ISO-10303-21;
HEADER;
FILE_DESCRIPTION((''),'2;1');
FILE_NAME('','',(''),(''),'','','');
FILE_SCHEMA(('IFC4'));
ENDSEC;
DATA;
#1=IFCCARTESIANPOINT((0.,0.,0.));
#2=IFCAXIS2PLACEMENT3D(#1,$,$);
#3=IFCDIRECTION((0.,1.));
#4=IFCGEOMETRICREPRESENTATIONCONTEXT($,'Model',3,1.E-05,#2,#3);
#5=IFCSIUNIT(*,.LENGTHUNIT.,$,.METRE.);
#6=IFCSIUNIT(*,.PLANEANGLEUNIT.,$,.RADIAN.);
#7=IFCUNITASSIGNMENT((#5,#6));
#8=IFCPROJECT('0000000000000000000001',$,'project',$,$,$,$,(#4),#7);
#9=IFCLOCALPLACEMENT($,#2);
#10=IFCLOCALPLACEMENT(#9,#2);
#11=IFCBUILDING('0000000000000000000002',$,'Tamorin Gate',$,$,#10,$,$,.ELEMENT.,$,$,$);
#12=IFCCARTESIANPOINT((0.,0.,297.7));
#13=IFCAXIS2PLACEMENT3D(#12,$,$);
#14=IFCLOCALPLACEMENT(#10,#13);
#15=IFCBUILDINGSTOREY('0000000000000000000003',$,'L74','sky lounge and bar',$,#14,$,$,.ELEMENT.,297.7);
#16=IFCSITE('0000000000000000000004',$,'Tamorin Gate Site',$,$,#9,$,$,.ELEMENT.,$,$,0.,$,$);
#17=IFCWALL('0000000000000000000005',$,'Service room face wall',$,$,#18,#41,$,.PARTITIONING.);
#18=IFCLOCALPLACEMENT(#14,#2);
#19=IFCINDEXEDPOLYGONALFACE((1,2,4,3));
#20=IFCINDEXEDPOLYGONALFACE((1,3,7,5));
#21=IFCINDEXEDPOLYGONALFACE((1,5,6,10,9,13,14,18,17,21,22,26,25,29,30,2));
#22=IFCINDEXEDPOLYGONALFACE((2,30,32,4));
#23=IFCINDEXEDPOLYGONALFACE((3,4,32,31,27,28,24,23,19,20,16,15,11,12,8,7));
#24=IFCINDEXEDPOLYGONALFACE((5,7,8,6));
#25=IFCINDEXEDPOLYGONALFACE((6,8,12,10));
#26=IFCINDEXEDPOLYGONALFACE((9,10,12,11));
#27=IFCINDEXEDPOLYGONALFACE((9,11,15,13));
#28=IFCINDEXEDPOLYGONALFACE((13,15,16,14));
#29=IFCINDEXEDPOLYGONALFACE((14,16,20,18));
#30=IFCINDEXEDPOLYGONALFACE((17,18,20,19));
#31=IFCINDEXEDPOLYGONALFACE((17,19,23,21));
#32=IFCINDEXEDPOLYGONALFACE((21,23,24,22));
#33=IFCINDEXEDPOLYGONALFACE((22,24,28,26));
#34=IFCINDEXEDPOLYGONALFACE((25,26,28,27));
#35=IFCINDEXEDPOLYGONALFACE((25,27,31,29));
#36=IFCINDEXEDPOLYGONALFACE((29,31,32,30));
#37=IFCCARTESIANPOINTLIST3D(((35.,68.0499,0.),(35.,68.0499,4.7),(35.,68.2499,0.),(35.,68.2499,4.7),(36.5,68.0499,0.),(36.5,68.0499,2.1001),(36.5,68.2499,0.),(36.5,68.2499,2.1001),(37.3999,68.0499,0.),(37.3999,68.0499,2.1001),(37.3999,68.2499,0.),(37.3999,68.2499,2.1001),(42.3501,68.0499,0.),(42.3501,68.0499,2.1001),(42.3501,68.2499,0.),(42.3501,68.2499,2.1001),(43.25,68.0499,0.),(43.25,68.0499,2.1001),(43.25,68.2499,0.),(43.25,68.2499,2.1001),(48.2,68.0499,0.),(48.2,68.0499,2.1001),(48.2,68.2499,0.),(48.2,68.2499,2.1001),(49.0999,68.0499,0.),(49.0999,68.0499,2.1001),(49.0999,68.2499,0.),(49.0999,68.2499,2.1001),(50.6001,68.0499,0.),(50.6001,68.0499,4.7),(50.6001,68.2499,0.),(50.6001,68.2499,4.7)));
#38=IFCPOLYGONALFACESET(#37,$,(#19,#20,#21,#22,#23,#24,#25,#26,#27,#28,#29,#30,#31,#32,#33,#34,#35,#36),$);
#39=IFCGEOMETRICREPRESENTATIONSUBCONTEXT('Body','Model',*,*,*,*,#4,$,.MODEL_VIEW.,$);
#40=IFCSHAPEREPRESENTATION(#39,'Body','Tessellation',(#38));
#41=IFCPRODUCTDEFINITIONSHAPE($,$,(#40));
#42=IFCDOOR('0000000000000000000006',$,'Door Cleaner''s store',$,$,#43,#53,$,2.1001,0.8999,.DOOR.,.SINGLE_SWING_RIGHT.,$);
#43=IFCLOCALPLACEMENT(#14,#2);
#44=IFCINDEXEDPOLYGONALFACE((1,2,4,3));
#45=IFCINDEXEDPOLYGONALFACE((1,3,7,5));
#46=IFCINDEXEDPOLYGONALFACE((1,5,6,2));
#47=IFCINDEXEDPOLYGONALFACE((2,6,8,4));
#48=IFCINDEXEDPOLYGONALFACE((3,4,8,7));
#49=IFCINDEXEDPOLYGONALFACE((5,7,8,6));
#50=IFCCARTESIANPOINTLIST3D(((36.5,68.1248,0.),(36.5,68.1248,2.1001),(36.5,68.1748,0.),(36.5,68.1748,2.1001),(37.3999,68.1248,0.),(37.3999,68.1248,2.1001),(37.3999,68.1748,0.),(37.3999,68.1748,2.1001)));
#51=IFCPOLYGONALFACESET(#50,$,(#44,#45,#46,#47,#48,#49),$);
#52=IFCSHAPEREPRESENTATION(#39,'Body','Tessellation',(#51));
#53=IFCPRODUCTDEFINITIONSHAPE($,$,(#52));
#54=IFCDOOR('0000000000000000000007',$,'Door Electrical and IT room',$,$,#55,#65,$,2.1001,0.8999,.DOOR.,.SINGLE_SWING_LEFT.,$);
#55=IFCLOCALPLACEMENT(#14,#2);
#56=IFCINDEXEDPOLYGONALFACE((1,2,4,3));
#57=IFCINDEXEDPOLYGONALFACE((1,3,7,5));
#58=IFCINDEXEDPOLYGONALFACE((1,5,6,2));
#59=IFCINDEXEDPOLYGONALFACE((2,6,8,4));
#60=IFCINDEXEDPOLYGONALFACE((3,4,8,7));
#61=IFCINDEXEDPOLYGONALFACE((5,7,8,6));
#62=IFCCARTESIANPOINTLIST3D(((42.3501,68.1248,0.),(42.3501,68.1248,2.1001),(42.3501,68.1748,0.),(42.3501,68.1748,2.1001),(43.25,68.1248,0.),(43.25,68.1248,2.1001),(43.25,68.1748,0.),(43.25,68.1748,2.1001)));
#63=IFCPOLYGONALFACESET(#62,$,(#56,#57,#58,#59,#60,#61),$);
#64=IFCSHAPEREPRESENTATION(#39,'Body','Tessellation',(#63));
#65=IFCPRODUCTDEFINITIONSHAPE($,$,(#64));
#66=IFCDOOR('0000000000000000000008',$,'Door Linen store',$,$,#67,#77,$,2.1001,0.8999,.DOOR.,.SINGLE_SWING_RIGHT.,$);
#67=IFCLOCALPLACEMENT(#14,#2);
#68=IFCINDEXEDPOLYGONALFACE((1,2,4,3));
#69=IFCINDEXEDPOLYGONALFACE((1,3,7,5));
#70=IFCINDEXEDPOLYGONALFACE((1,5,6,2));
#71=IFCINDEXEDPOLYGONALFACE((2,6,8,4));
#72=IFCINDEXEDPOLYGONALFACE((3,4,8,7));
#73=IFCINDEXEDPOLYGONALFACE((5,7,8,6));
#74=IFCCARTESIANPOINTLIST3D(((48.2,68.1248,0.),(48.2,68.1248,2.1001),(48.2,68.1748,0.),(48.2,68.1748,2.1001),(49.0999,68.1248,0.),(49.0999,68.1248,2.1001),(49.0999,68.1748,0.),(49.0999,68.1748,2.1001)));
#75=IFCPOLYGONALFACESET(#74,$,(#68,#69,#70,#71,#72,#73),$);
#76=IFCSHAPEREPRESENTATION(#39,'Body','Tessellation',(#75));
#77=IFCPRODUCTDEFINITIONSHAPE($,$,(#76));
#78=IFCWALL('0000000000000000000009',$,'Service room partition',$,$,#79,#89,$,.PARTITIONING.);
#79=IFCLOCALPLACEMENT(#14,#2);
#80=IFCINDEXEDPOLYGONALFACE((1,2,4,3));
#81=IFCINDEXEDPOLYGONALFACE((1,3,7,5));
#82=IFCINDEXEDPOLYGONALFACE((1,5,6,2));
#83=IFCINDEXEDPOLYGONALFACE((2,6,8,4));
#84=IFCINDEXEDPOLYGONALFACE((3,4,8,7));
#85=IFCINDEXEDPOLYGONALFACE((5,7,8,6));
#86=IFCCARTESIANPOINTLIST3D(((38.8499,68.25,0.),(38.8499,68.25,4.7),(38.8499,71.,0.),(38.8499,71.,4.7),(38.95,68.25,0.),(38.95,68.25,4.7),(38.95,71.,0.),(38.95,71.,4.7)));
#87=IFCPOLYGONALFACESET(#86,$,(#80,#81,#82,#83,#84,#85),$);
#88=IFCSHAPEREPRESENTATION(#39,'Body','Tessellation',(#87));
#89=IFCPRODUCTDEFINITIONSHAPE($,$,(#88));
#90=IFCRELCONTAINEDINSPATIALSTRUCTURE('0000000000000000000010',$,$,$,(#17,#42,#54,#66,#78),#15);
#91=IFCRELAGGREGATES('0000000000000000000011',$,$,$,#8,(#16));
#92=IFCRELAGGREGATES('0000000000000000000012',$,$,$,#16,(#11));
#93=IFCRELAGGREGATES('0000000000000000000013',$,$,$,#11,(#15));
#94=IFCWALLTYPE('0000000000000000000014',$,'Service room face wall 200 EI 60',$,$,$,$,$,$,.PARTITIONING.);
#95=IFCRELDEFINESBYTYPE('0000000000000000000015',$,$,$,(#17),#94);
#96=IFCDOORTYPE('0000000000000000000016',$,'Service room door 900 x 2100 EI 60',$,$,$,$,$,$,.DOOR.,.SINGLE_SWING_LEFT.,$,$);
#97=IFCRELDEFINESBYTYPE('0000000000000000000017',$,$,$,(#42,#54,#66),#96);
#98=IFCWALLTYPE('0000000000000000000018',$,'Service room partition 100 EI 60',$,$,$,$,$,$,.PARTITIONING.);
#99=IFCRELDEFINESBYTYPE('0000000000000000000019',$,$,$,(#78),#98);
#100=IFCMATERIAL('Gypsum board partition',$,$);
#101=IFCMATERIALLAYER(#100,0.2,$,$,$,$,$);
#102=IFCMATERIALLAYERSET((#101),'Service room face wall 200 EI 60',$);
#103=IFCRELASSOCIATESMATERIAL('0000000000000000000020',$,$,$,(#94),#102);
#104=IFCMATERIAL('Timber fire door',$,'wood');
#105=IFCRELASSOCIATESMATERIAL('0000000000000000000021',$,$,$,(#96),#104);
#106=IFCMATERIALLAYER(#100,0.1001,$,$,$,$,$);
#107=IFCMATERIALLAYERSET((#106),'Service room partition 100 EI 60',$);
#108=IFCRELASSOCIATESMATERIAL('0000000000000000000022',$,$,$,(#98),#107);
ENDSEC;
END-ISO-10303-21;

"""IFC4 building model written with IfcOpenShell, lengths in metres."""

from ifc_helpers import new_model, si_unit, direction, frame, frame_2d, origin, place, context, subcontext, project, spatial, rectangle, extrude, material, layer, layer_set, type_object, element, fill, save


model = new_model("IFC4")

# Units and contexts
model_context = context("Model", 3, precision=1e-05, world=origin(), true_north=direction((0.0, 1.0)))
body_context = subcontext(model_context, "Body", "Model", "MODEL_VIEW")
ifc_project = project(units=[si_unit("LENGTHUNIT", "METRE"), si_unit("PLANEANGLEUNIT", "RADIAN")], contexts=[model_context])

# Site, building, storey
site_placement = place(None, origin())
site = spatial("IfcSite", under=ifc_project, at=site_placement, Name="Tamorin Gate Site", CompositionType="ELEMENT", RefElevation=0.0)
building_placement = place(site_placement, origin())
building = spatial("IfcBuilding", under=site, at=building_placement, Name="Tamorin Gate", CompositionType="ELEMENT")
storey_placement = place(building_placement, frame((0.0, 0.0, 297.7)))
storey = spatial("IfcBuildingStorey", under=building, at=storey_placement, Name="L74", Description="sky lounge and bar", CompositionType="ELEMENT", Elevation=297.7)

# Shared definitions
ifc_material_1 = material(Name="Gypsum board partition")

# Wall, openings, doors
ifc_layer_1 = layer(ifc_material_1, 0.2)
ifc_layer_set_1 = layer_set([ifc_layer_1], Name="Service room face wall 200 EI 60")
wall_type_1 = type_object("IfcWallType", Name="Service room face wall 200 EI 60", PredefinedType="PARTITIONING", material=ifc_layer_set_1)
wall_1_placement = place(storey_placement, frame((35.0, 68.1499, 0.0), z_axis=(0.0, 0.0, 1.0), x_axis=(1.0, 0.0, 0.0)))
wall_1 = element("IfcWall", 1, at=wall_1_placement, inside=storey, type_object=wall_type_1, Name="Service room face wall", PredefinedType="PARTITIONING", context=body_context, shape_type="SweptSolid", body=[
    extrude(rectangle(XDim=15.6001, YDim=0.2, at=frame_2d((7.8, 0.0))), origin(), (0.0, 0.0, 1.0), 4.7),
])
opening_1_placement = place(wall_1_placement, frame((1.5, 0.0, 0.0)))
opening_1 = element("IfcOpeningElement", 2, at=opening_1_placement, cuts=wall_1, PredefinedType="OPENING", context=body_context, shape_type="SweptSolid", body=[
    extrude(rectangle(XDim=0.8999, YDim=2.1001, at=frame_2d((0.45, 1.05))), frame((0.0, 0.1099, 0.0), z_axis=(0.0, -1.0, 0.0), x_axis=(1.0, 0.0, 0.0)), (0.0, 0.0, 1.0), 0.22),
])
opening_2_placement = place(wall_1_placement, frame((7.3501, 0.0, 0.0)))
opening_2 = element("IfcOpeningElement", 3, at=opening_2_placement, cuts=wall_1, PredefinedType="OPENING", context=body_context, shape_type="SweptSolid", body=[
    extrude(rectangle(XDim=0.8999, YDim=2.1001, at=frame_2d((0.45, 1.05))), frame((0.0, 0.1099, 0.0), z_axis=(0.0, -1.0, 0.0), x_axis=(1.0, 0.0, 0.0)), (0.0, 0.0, 1.0), 0.22),
])
opening_3_placement = place(wall_1_placement, frame((13.2, 0.0, 0.0)))
opening_3 = element("IfcOpeningElement", 4, at=opening_3_placement, cuts=wall_1, PredefinedType="OPENING", context=body_context, shape_type="SweptSolid", body=[
    extrude(rectangle(XDim=0.8999, YDim=2.1001, at=frame_2d((0.45, 1.05))), frame((0.0, 0.1099, 0.0), z_axis=(0.0, -1.0, 0.0), x_axis=(1.0, 0.0, 0.0)), (0.0, 0.0, 1.0), 0.22),
])
ifc_material_2 = material(Name="Timber fire door", Category="wood")
door_type_1 = type_object("IfcDoorType", Name="Service room door 900 x 2100 EI 60", OperationType="SINGLE_SWING_LEFT", PredefinedType="DOOR", material=ifc_material_2)
door_1_placement = place(opening_1_placement, origin())
door_1 = element("IfcDoor", 5, at=door_1_placement, inside=storey, type_object=door_type_1, Name="Door Cleaner's store", OperationType="SINGLE_SWING_RIGHT", OverallHeight=2.1001, OverallWidth=0.8999, PredefinedType="DOOR", context=body_context, shape_type="SweptSolid", body=[
    extrude(rectangle(XDim=0.8999, YDim=2.1001, at=frame_2d((0.45, 1.05))), frame((0.0, 0.0249, 0.0), z_axis=(0.0, -1.0, 0.0), x_axis=(1.0, 0.0, 0.0)), (0.0, 0.0, 1.0), 0.05),
])
fill(opening_1, door_1)
door_2_placement = place(opening_2_placement, origin())
door_2 = element("IfcDoor", 6, at=door_2_placement, inside=storey, type_object=door_type_1, Name="Door Electrical and IT room", OperationType="SINGLE_SWING_LEFT", OverallHeight=2.1001, OverallWidth=0.8999, PredefinedType="DOOR", context=body_context, shape_type="SweptSolid", body=[
    extrude(rectangle(XDim=0.8999, YDim=2.1001, at=frame_2d((0.45, 1.05))), frame((0.0, 0.0249, 0.0), z_axis=(0.0, -1.0, 0.0), x_axis=(1.0, 0.0, 0.0)), (0.0, 0.0, 1.0), 0.05),
])
fill(opening_2, door_2)
door_3_placement = place(opening_3_placement, origin())
door_3 = element("IfcDoor", 7, at=door_3_placement, inside=storey, type_object=door_type_1, Name="Door Linen store", OperationType="SINGLE_SWING_RIGHT", OverallHeight=2.1001, OverallWidth=0.8999, PredefinedType="DOOR", context=body_context, shape_type="SweptSolid", body=[
    extrude(rectangle(XDim=0.8999, YDim=2.1001, at=frame_2d((0.45, 1.05))), frame((0.0, 0.0249, 0.0), z_axis=(0.0, -1.0, 0.0), x_axis=(1.0, 0.0, 0.0)), (0.0, 0.0, 1.0), 0.05),
])
fill(opening_3, door_3)

# Wall
ifc_layer_2 = layer(ifc_material_1, 0.1001)
ifc_layer_set_2 = layer_set([ifc_layer_2], Name="Service room partition 100 EI 60")
wall_type_2 = type_object("IfcWallType", Name="Service room partition 100 EI 60", PredefinedType="PARTITIONING", material=ifc_layer_set_2)
wall_2_placement = place(storey_placement, frame((38.8999, 68.25, 0.0), z_axis=(0.0, 0.0, 1.0), x_axis=(0.0, 1.0, 0.0)))
element("IfcWall", 8, at=wall_2_placement, inside=storey, type_object=wall_type_2, Name="Service room partition", PredefinedType="PARTITIONING", context=body_context, shape_type="SweptSolid", body=[
    extrude(rectangle(XDim=2.75, YDim=0.1001, at=frame_2d((1.375, 0.0))), origin(), (0.0, 0.0, 1.0), 4.7),
])

save(model, "model.ifc")
